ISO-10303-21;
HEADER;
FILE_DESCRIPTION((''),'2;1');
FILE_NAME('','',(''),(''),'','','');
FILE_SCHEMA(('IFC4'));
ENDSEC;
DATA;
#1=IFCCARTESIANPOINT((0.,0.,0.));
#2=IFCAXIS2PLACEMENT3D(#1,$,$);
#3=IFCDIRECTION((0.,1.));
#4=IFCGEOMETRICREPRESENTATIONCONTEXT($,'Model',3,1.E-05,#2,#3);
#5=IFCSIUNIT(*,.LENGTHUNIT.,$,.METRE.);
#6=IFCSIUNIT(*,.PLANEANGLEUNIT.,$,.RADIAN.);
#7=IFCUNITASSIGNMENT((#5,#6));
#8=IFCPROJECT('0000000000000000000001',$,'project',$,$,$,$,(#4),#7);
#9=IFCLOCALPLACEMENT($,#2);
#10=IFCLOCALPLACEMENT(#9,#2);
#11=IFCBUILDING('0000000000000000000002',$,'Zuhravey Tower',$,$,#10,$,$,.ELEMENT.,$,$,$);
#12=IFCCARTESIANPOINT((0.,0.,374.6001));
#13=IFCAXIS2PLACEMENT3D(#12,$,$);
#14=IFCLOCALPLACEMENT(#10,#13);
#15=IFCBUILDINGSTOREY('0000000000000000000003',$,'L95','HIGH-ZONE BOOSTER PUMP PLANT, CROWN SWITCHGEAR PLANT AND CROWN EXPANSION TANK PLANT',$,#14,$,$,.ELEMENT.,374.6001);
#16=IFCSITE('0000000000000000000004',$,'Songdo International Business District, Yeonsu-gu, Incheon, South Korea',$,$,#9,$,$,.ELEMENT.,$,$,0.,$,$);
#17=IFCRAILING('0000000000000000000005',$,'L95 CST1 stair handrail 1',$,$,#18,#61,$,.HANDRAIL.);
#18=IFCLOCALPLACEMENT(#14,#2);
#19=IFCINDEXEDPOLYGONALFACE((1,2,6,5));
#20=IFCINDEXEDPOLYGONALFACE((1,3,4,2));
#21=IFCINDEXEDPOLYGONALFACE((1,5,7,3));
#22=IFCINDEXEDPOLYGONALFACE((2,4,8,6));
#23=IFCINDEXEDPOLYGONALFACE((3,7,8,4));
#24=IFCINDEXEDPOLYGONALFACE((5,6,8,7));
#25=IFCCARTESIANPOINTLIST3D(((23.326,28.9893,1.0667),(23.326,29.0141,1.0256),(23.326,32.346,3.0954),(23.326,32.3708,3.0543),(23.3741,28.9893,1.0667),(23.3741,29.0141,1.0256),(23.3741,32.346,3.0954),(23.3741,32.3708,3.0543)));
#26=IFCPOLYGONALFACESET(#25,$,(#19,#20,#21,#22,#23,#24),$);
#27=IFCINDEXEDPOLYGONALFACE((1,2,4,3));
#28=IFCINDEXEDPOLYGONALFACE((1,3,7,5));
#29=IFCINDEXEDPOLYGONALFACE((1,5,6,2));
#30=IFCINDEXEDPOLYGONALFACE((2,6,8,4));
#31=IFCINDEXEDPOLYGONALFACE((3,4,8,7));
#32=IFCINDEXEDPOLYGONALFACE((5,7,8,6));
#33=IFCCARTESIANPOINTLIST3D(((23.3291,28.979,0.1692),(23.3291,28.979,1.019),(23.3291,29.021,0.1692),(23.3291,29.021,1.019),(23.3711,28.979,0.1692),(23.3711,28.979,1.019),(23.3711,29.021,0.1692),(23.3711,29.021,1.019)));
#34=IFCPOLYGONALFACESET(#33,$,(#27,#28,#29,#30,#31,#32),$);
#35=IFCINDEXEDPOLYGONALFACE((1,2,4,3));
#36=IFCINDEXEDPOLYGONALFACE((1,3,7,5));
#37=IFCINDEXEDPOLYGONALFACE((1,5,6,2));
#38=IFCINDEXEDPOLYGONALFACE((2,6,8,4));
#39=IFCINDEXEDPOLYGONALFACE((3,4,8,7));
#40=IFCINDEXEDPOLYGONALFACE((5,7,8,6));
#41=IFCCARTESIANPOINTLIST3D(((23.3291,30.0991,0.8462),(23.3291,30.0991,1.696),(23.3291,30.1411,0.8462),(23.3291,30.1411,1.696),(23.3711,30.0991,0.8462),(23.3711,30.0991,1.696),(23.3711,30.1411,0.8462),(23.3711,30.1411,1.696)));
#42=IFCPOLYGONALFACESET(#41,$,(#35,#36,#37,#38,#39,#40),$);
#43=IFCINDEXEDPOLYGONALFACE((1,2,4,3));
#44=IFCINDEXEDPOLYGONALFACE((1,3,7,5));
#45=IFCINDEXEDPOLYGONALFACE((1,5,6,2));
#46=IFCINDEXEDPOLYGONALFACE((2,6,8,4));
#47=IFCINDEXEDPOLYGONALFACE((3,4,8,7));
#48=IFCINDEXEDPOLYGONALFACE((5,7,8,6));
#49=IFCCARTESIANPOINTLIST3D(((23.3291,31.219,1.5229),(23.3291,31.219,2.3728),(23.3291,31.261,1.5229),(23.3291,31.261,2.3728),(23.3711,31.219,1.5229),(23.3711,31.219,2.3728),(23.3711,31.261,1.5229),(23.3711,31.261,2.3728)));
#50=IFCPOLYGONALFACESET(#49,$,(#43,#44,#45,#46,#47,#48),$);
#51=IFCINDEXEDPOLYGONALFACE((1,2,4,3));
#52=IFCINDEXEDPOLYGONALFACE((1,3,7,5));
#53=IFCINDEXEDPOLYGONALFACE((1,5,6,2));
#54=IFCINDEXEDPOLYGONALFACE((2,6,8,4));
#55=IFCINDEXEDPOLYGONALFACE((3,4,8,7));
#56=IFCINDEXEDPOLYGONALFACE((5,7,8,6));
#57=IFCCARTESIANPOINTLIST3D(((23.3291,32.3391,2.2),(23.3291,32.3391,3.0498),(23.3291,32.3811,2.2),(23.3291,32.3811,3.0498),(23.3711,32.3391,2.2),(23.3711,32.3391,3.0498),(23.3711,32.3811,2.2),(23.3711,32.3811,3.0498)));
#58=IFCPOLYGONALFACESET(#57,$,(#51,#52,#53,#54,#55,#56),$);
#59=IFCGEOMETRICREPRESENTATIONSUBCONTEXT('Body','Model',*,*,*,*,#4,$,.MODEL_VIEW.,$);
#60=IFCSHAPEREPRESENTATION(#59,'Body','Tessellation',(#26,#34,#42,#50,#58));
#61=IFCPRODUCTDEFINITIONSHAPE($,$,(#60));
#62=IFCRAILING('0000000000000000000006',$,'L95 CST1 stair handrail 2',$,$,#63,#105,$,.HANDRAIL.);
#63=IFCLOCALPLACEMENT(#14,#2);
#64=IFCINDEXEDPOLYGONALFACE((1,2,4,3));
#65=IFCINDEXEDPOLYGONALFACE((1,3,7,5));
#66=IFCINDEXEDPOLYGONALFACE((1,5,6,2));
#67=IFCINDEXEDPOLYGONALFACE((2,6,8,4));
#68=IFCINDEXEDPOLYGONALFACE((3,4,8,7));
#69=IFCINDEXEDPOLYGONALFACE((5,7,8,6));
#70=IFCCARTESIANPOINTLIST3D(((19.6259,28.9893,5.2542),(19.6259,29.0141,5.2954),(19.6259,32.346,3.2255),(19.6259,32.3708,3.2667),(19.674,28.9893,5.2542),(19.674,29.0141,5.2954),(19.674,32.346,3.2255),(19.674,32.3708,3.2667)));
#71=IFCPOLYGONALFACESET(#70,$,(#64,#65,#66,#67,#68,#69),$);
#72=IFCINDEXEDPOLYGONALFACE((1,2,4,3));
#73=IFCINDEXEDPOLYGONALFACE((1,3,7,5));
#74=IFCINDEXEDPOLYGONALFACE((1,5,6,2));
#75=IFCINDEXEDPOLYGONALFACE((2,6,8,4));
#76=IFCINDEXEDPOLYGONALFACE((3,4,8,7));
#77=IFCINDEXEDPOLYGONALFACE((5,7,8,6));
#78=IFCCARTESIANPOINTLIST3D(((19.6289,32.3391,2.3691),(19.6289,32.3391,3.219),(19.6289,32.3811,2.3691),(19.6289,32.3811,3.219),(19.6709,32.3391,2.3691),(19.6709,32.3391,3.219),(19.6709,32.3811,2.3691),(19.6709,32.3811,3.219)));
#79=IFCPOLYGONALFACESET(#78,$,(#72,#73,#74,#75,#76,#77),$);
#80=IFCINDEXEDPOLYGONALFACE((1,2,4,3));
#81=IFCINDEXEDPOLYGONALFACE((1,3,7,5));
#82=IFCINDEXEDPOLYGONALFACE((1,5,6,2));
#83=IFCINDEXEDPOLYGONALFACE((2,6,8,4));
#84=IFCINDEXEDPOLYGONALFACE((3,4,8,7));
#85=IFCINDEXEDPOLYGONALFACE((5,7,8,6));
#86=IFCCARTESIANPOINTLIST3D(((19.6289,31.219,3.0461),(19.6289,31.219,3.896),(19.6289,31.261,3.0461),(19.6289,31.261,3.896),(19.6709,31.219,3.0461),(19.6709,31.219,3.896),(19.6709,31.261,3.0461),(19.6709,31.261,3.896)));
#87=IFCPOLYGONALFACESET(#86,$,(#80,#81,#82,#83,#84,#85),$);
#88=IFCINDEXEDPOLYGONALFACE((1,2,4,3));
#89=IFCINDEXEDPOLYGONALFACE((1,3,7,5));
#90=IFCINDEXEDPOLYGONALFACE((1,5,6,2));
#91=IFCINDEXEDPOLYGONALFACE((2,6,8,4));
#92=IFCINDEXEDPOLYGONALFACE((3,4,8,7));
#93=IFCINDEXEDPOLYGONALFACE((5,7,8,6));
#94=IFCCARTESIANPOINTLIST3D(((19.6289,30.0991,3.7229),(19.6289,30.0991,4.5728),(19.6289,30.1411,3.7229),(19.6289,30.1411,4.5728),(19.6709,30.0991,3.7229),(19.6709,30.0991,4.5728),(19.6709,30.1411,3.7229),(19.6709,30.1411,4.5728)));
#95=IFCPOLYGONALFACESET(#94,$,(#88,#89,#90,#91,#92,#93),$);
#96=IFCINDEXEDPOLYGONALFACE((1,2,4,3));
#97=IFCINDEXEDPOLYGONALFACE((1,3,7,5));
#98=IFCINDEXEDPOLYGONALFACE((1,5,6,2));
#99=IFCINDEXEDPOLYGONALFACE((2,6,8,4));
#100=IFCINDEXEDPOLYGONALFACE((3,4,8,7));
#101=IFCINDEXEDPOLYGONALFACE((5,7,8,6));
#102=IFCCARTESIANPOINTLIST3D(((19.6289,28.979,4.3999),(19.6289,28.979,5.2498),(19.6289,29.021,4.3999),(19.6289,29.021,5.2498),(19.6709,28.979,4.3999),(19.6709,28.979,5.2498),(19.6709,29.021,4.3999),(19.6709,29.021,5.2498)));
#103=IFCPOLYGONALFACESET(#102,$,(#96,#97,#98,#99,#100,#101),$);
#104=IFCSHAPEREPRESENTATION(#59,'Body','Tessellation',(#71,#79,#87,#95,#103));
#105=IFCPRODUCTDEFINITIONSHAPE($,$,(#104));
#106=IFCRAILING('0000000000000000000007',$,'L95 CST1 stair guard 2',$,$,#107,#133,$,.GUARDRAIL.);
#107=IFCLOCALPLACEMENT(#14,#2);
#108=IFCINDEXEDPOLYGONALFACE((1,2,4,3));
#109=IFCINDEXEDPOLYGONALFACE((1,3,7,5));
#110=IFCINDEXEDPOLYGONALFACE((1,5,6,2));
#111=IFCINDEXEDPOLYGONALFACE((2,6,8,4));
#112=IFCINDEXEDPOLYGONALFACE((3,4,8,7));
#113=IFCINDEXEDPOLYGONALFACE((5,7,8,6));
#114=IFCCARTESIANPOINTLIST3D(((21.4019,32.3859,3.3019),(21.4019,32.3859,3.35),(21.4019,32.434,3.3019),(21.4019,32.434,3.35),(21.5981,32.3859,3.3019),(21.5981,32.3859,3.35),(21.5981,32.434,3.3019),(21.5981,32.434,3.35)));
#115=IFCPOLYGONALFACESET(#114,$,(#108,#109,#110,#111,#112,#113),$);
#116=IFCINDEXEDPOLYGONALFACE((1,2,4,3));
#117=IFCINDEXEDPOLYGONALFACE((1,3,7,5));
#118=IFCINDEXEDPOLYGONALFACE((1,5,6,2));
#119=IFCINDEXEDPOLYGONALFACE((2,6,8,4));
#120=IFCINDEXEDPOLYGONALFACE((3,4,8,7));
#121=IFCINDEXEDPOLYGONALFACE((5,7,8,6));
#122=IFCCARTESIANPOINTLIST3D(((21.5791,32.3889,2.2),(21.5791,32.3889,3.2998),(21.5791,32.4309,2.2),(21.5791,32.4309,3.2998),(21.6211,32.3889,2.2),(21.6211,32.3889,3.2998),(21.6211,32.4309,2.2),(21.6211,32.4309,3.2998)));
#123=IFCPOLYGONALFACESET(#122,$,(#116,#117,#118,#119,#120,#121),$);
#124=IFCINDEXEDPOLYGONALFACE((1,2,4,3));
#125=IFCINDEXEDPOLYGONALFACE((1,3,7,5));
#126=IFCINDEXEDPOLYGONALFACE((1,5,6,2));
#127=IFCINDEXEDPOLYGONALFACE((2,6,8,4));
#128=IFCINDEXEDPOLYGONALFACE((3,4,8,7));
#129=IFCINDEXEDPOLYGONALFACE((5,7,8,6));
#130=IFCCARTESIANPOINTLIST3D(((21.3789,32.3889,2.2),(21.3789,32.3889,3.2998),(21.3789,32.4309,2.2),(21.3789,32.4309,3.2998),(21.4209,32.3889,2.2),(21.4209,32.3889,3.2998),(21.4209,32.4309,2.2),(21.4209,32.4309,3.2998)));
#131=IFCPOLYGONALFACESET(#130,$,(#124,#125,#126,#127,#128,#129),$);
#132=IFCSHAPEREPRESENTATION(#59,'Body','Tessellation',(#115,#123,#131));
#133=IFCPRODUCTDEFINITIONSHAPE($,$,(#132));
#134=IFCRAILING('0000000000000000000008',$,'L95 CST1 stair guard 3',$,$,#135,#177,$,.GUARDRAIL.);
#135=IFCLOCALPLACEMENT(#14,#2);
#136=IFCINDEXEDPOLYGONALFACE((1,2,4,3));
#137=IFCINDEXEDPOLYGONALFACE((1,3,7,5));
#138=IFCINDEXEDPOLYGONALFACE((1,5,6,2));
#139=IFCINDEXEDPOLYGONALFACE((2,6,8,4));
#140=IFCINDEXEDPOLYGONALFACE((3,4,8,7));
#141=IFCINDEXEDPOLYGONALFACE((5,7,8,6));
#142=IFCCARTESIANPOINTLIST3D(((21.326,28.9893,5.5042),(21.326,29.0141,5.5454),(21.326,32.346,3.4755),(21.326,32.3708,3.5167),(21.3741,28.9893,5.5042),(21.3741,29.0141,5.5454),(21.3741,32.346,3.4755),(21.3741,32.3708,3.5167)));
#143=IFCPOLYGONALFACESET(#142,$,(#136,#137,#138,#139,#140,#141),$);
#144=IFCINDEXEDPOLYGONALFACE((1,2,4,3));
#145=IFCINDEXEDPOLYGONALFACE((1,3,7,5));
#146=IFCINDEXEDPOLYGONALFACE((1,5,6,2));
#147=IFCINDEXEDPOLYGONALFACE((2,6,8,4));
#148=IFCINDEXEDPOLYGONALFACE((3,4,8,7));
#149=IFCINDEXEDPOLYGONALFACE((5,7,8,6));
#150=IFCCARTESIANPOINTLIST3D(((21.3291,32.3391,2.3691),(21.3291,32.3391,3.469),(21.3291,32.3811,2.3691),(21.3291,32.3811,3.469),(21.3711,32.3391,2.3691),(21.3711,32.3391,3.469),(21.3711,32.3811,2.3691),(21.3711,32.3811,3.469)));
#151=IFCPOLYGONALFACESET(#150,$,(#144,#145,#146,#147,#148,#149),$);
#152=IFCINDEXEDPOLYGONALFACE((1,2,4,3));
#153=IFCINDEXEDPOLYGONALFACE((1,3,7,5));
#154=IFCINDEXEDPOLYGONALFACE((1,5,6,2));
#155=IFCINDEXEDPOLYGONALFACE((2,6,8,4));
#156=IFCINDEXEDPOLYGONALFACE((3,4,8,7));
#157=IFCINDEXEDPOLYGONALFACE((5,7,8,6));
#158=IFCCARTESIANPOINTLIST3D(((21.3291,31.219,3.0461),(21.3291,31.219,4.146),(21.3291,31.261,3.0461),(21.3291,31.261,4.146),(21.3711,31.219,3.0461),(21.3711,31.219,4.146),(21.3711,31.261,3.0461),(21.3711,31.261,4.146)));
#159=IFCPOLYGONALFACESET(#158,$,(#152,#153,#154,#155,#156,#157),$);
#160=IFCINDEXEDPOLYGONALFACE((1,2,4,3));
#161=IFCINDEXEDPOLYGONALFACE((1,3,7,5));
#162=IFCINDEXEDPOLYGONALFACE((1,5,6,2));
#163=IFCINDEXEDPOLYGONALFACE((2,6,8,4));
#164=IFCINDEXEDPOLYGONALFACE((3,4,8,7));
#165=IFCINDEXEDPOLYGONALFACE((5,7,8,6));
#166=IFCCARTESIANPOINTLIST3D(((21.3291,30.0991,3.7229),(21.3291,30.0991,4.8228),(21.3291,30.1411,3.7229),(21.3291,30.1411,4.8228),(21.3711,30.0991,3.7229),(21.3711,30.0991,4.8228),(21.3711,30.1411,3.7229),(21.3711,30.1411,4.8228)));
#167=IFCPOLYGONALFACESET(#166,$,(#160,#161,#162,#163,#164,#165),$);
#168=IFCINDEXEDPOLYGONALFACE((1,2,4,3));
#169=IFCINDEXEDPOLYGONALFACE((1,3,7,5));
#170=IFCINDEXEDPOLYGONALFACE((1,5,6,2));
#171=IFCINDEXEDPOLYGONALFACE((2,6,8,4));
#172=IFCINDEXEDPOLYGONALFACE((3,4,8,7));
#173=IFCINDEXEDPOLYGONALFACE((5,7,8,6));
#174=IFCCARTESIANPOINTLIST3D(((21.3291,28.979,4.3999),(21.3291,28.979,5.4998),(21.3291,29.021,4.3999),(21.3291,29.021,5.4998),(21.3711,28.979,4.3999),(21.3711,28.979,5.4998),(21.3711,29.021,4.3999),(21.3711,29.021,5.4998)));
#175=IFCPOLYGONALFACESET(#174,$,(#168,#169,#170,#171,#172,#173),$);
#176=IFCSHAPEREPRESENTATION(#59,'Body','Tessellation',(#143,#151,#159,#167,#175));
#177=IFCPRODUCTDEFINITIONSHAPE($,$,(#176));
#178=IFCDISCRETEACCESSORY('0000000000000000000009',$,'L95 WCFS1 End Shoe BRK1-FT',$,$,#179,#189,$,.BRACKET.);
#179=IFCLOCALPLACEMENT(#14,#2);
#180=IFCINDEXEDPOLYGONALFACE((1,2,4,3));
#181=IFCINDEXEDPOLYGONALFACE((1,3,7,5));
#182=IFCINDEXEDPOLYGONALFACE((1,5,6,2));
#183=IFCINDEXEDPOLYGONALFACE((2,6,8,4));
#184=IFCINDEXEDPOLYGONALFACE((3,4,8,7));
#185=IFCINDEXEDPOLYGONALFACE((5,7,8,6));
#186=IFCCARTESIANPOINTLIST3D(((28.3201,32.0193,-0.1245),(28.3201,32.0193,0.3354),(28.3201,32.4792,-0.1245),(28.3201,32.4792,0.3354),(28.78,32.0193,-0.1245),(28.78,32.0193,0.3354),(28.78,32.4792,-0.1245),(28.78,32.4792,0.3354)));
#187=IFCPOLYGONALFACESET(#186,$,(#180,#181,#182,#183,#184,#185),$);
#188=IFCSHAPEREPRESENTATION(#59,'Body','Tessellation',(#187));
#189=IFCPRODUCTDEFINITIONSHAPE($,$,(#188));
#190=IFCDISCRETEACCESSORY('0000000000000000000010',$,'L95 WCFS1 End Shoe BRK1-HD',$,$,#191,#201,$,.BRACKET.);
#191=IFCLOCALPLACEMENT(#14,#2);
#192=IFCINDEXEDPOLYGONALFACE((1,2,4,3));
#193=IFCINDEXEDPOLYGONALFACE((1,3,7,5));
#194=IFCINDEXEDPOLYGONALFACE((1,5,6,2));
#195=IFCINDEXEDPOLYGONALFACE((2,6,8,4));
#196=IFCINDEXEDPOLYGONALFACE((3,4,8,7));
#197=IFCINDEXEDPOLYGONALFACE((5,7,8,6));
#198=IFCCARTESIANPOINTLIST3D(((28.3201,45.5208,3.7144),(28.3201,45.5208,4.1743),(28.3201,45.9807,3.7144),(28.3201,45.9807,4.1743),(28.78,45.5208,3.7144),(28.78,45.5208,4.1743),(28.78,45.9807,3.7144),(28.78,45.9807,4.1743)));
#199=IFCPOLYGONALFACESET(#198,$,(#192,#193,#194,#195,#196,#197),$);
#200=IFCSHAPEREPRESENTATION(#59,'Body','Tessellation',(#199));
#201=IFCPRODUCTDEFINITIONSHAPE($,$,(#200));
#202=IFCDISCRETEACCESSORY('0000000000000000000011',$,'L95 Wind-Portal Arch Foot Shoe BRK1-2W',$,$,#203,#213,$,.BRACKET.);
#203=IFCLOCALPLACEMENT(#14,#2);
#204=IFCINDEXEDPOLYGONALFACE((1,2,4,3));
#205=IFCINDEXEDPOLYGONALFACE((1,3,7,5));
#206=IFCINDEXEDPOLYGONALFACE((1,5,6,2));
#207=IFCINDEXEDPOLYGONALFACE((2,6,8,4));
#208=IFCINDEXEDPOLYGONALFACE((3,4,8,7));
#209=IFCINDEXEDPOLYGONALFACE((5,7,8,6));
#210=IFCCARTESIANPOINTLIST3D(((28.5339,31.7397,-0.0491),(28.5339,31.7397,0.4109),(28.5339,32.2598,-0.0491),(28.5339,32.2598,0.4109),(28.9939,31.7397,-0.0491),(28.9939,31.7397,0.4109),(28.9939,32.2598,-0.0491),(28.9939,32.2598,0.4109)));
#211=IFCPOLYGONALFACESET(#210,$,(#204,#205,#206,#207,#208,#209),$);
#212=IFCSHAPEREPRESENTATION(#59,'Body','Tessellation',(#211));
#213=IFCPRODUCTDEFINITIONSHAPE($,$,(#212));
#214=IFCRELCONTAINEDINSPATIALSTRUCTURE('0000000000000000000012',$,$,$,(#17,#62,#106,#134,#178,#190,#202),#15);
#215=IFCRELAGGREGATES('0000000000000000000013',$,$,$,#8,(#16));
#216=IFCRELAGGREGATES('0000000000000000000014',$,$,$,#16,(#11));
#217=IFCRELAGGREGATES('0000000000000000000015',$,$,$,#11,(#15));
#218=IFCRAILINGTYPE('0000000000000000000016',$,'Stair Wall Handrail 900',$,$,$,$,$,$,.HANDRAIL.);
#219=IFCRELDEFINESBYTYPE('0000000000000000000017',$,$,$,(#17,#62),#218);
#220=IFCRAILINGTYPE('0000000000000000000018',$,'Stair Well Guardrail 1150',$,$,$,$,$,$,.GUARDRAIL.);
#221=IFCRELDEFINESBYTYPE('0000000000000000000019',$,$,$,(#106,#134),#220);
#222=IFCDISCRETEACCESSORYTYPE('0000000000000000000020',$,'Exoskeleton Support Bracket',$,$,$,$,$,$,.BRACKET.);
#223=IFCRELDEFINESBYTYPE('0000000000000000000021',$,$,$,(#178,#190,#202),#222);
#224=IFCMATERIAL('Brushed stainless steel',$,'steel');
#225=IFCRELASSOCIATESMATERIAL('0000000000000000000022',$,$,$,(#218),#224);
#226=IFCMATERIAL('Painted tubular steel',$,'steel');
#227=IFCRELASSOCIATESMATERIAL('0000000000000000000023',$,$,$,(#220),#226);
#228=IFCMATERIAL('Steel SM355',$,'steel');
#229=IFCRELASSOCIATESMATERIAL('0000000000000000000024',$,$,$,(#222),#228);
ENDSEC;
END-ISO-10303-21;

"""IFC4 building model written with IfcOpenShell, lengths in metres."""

from ifc_helpers import new_model, si_unit, direction, frame, origin, origin_2d, place, context, subcontext, project, spatial, rectangle, extrude, material, type_object, element, save


model = new_model("IFC4")

# Units and contexts
model_context = context("Model", 3, precision=1e-05, world=origin(), true_north=direction((0.0, 1.0)))
body_context = subcontext(model_context, "Body", "Model", "MODEL_VIEW")
ifc_project = project(units=[si_unit("LENGTHUNIT", "METRE"), si_unit("PLANEANGLEUNIT", "RADIAN")], contexts=[model_context])

# Site, building, storey
site_placement = place(None, origin())
site = spatial("IfcSite", under=ifc_project, at=site_placement, Name="Songdo International Business District, Yeonsu-gu, Incheon, South Korea", CompositionType="ELEMENT", RefElevation=0.0)
building_placement = place(site_placement, origin())
building = spatial("IfcBuilding", under=site, at=building_placement, Name="Zuhravey Tower", CompositionType="ELEMENT")
storey_placement = place(building_placement, frame((0.0, 0.0, 374.6001)))
storey = spatial("IfcBuildingStorey", under=building, at=storey_placement, Name="L95", Description="HIGH-ZONE BOOSTER PUMP PLANT, CROWN SWITCHGEAR PLANT AND CROWN EXPANSION TANK PLANT", CompositionType="ELEMENT", Elevation=374.6001)

# Shared definitions
ifc_material_1 = material(Name="Steel SM355", Category="steel")

# Railings
ifc_material_2 = material(Name="Brushed stainless steel", Category="steel")
railing_type_1 = type_object("IfcRailingType", Name="Stair Wall Handrail 900", PredefinedType="HANDRAIL", material=ifc_material_2)
railing_1_placement = place(storey_placement, frame((23.3501, 29.0, 0.1692)))
element("IfcRailing", 1, at=railing_1_placement, inside=storey, type_object=railing_type_1, Name="L95 CST1 stair handrail 1", PredefinedType="HANDRAIL", context=body_context, shape_type="SweptSolid", body=[
    extrude(rectangle(XDim=0.0481, YDim=0.0481, at=origin_2d()), frame((0.0, 0.0017, 0.877), z_axis=(0.0, 0.855837, 0.517246), x_axis=(-1.0, 0.0, 0.0)), (0.0, 0.0, 1.0), 3.9221),
    extrude(rectangle(XDim=0.042, YDim=0.042, at=origin_2d()), origin(), (0.0, 0.0, 1.0), 0.8499),
    extrude(rectangle(XDim=0.042, YDim=0.042, at=origin_2d()), frame((0.0, 1.1201, 0.677)), (0.0, 0.0, 1.0), 0.8499),
    extrude(rectangle(XDim=0.042, YDim=0.042, at=origin_2d()), frame((0.0, 2.24, 1.3538)), (0.0, 0.0, 1.0), 0.8499),
    extrude(rectangle(XDim=0.042, YDim=0.042, at=origin_2d()), frame((0.0, 3.3601, 2.0308)), (0.0, 0.0, 1.0), 0.8499),
])
railing_2_placement = place(storey_placement, frame((19.6499, 32.3601, 2.3691)))
element("IfcRailing", 2, at=railing_2_placement, inside=storey, type_object=railing_type_1, Name="L95 CST1 stair handrail 2", PredefinedType="HANDRAIL", context=body_context, shape_type="SweptSolid", body=[
    extrude(rectangle(XDim=0.0481, YDim=0.0481, at=origin_2d()), frame((0.0, -0.0017, 0.877), z_axis=(0.0, -0.855837, 0.517246), x_axis=(1.0, 0.0, 0.0)), (0.0, 0.0, 1.0), 3.9221),
    extrude(rectangle(XDim=0.042, YDim=0.042, at=origin_2d()), origin(), (0.0, 0.0, 1.0), 0.8499),
    extrude(rectangle(XDim=0.042, YDim=0.042, at=origin_2d()), frame((0.0, -1.1201, 0.677)), (0.0, 0.0, 1.0), 0.8499),
    extrude(rectangle(XDim=0.042, YDim=0.042, at=origin_2d()), frame((0.0, -2.24, 1.3538)), (0.0, 0.0, 1.0), 0.8499),
    extrude(rectangle(XDim=0.042, YDim=0.042, at=origin_2d()), frame((0.0, -3.3601, 2.0308)), (0.0, 0.0, 1.0), 0.8499),
])
ifc_material_3 = material(Name="Painted tubular steel", Category="steel")
railing_type_2 = type_object("IfcRailingType", Name="Stair Well Guardrail 1150", PredefinedType="GUARDRAIL", material=ifc_material_3)
railing_3_placement = place(storey_placement, frame((21.6001, 32.4099, 2.2)))
element("IfcRailing", 3, at=railing_3_placement, inside=storey, type_object=railing_type_2, Name="L95 CST1 stair guard 2", PredefinedType="GUARDRAIL", context=body_context, shape_type="SweptSolid", body=[
    extrude(rectangle(XDim=0.0481, YDim=0.0481, at=origin_2d()), frame((-0.002, 0.0, 1.126), z_axis=(-1.0, 0.0, 0.0), x_axis=(0.0, -1.0, 0.0)), (0.0, 0.0, 1.0), 0.1963),
    extrude(rectangle(XDim=0.042, YDim=0.042, at=origin_2d()), origin(), (0.0, 0.0, 1.0), 1.0999),
    extrude(rectangle(XDim=0.042, YDim=0.042, at=origin_2d()), frame((-0.2002, 0.0, 0.0)), (0.0, 0.0, 1.0), 1.0999),
])
railing_4_placement = place(storey_placement, frame((21.3501, 32.3601, 2.3691)))
element("IfcRailing", 4, at=railing_4_placement, inside=storey, type_object=railing_type_2, Name="L95 CST1 stair guard 3", PredefinedType="GUARDRAIL", context=body_context, shape_type="SweptSolid", body=[
    extrude(rectangle(XDim=0.0481, YDim=0.0481, at=origin_2d()), frame((0.0, -0.0017, 1.127), z_axis=(0.0, -0.855837, 0.517246), x_axis=(1.0, 0.0, 0.0)), (0.0, 0.0, 1.0), 3.9221),
    extrude(rectangle(XDim=0.042, YDim=0.042, at=origin_2d()), origin(), (0.0, 0.0, 1.0), 1.0999),
    extrude(rectangle(XDim=0.042, YDim=0.042, at=origin_2d()), frame((0.0, -1.1201, 0.677)), (0.0, 0.0, 1.0), 1.0999),
    extrude(rectangle(XDim=0.042, YDim=0.042, at=origin_2d()), frame((0.0, -2.24, 1.3538)), (0.0, 0.0, 1.0), 1.0999),
    extrude(rectangle(XDim=0.042, YDim=0.042, at=origin_2d()), frame((0.0, -3.3601, 2.0308)), (0.0, 0.0, 1.0), 1.0999),
])

# Discrete accessories
discrete_accessory_type = type_object("IfcDiscreteAccessoryType", Name="Exoskeleton Support Bracket", PredefinedType="BRACKET", material=ifc_material_1)
for number, where, z_axis, x_axis, name in (
    (5, (28.55, 32.2493, -0.1245), (0.0, 0.0, 1.0), (1.0, 0.0, 0.0), "L95 WCFS1 End Shoe BRK1-FT"),
    (6, (28.55, 45.7507, 3.7144), (0.0, 0.0, 1.0), (1.0, 0.0, 0.0), "L95 WCFS1 End Shoe BRK1-HD"),
):
    element("IfcDiscreteAccessory", number, at=place(storey_placement, frame(where, z_axis=z_axis, x_axis=x_axis)), inside=storey, type_object=discrete_accessory_type, Name=name, PredefinedType="BRACKET", context=body_context, shape_type="SweptSolid", body=[
        extrude(rectangle(XDim=0.46, YDim=0.46, at=origin_2d()), origin(), (0.0, 0.0, 1.0), 0.46),
    ])
discrete_accessory_1_placement = place(storey_placement, frame((28.7639, 31.9998, -0.0491), z_axis=(0.0, 0.0, 1.0), x_axis=(1.0, 0.0, 0.0)))
element("IfcDiscreteAccessory", 7, at=discrete_accessory_1_placement, inside=storey, type_object=discrete_accessory_type, Name="L95 Wind-Portal Arch Foot Shoe BRK1-2W", PredefinedType="BRACKET", context=body_context, shape_type="SweptSolid", body=[
    extrude(rectangle(XDim=0.46, YDim=0.52, at=origin_2d()), origin(), (0.0, 0.0, 1.0), 0.46),
])

save(model, "model.ifc")
